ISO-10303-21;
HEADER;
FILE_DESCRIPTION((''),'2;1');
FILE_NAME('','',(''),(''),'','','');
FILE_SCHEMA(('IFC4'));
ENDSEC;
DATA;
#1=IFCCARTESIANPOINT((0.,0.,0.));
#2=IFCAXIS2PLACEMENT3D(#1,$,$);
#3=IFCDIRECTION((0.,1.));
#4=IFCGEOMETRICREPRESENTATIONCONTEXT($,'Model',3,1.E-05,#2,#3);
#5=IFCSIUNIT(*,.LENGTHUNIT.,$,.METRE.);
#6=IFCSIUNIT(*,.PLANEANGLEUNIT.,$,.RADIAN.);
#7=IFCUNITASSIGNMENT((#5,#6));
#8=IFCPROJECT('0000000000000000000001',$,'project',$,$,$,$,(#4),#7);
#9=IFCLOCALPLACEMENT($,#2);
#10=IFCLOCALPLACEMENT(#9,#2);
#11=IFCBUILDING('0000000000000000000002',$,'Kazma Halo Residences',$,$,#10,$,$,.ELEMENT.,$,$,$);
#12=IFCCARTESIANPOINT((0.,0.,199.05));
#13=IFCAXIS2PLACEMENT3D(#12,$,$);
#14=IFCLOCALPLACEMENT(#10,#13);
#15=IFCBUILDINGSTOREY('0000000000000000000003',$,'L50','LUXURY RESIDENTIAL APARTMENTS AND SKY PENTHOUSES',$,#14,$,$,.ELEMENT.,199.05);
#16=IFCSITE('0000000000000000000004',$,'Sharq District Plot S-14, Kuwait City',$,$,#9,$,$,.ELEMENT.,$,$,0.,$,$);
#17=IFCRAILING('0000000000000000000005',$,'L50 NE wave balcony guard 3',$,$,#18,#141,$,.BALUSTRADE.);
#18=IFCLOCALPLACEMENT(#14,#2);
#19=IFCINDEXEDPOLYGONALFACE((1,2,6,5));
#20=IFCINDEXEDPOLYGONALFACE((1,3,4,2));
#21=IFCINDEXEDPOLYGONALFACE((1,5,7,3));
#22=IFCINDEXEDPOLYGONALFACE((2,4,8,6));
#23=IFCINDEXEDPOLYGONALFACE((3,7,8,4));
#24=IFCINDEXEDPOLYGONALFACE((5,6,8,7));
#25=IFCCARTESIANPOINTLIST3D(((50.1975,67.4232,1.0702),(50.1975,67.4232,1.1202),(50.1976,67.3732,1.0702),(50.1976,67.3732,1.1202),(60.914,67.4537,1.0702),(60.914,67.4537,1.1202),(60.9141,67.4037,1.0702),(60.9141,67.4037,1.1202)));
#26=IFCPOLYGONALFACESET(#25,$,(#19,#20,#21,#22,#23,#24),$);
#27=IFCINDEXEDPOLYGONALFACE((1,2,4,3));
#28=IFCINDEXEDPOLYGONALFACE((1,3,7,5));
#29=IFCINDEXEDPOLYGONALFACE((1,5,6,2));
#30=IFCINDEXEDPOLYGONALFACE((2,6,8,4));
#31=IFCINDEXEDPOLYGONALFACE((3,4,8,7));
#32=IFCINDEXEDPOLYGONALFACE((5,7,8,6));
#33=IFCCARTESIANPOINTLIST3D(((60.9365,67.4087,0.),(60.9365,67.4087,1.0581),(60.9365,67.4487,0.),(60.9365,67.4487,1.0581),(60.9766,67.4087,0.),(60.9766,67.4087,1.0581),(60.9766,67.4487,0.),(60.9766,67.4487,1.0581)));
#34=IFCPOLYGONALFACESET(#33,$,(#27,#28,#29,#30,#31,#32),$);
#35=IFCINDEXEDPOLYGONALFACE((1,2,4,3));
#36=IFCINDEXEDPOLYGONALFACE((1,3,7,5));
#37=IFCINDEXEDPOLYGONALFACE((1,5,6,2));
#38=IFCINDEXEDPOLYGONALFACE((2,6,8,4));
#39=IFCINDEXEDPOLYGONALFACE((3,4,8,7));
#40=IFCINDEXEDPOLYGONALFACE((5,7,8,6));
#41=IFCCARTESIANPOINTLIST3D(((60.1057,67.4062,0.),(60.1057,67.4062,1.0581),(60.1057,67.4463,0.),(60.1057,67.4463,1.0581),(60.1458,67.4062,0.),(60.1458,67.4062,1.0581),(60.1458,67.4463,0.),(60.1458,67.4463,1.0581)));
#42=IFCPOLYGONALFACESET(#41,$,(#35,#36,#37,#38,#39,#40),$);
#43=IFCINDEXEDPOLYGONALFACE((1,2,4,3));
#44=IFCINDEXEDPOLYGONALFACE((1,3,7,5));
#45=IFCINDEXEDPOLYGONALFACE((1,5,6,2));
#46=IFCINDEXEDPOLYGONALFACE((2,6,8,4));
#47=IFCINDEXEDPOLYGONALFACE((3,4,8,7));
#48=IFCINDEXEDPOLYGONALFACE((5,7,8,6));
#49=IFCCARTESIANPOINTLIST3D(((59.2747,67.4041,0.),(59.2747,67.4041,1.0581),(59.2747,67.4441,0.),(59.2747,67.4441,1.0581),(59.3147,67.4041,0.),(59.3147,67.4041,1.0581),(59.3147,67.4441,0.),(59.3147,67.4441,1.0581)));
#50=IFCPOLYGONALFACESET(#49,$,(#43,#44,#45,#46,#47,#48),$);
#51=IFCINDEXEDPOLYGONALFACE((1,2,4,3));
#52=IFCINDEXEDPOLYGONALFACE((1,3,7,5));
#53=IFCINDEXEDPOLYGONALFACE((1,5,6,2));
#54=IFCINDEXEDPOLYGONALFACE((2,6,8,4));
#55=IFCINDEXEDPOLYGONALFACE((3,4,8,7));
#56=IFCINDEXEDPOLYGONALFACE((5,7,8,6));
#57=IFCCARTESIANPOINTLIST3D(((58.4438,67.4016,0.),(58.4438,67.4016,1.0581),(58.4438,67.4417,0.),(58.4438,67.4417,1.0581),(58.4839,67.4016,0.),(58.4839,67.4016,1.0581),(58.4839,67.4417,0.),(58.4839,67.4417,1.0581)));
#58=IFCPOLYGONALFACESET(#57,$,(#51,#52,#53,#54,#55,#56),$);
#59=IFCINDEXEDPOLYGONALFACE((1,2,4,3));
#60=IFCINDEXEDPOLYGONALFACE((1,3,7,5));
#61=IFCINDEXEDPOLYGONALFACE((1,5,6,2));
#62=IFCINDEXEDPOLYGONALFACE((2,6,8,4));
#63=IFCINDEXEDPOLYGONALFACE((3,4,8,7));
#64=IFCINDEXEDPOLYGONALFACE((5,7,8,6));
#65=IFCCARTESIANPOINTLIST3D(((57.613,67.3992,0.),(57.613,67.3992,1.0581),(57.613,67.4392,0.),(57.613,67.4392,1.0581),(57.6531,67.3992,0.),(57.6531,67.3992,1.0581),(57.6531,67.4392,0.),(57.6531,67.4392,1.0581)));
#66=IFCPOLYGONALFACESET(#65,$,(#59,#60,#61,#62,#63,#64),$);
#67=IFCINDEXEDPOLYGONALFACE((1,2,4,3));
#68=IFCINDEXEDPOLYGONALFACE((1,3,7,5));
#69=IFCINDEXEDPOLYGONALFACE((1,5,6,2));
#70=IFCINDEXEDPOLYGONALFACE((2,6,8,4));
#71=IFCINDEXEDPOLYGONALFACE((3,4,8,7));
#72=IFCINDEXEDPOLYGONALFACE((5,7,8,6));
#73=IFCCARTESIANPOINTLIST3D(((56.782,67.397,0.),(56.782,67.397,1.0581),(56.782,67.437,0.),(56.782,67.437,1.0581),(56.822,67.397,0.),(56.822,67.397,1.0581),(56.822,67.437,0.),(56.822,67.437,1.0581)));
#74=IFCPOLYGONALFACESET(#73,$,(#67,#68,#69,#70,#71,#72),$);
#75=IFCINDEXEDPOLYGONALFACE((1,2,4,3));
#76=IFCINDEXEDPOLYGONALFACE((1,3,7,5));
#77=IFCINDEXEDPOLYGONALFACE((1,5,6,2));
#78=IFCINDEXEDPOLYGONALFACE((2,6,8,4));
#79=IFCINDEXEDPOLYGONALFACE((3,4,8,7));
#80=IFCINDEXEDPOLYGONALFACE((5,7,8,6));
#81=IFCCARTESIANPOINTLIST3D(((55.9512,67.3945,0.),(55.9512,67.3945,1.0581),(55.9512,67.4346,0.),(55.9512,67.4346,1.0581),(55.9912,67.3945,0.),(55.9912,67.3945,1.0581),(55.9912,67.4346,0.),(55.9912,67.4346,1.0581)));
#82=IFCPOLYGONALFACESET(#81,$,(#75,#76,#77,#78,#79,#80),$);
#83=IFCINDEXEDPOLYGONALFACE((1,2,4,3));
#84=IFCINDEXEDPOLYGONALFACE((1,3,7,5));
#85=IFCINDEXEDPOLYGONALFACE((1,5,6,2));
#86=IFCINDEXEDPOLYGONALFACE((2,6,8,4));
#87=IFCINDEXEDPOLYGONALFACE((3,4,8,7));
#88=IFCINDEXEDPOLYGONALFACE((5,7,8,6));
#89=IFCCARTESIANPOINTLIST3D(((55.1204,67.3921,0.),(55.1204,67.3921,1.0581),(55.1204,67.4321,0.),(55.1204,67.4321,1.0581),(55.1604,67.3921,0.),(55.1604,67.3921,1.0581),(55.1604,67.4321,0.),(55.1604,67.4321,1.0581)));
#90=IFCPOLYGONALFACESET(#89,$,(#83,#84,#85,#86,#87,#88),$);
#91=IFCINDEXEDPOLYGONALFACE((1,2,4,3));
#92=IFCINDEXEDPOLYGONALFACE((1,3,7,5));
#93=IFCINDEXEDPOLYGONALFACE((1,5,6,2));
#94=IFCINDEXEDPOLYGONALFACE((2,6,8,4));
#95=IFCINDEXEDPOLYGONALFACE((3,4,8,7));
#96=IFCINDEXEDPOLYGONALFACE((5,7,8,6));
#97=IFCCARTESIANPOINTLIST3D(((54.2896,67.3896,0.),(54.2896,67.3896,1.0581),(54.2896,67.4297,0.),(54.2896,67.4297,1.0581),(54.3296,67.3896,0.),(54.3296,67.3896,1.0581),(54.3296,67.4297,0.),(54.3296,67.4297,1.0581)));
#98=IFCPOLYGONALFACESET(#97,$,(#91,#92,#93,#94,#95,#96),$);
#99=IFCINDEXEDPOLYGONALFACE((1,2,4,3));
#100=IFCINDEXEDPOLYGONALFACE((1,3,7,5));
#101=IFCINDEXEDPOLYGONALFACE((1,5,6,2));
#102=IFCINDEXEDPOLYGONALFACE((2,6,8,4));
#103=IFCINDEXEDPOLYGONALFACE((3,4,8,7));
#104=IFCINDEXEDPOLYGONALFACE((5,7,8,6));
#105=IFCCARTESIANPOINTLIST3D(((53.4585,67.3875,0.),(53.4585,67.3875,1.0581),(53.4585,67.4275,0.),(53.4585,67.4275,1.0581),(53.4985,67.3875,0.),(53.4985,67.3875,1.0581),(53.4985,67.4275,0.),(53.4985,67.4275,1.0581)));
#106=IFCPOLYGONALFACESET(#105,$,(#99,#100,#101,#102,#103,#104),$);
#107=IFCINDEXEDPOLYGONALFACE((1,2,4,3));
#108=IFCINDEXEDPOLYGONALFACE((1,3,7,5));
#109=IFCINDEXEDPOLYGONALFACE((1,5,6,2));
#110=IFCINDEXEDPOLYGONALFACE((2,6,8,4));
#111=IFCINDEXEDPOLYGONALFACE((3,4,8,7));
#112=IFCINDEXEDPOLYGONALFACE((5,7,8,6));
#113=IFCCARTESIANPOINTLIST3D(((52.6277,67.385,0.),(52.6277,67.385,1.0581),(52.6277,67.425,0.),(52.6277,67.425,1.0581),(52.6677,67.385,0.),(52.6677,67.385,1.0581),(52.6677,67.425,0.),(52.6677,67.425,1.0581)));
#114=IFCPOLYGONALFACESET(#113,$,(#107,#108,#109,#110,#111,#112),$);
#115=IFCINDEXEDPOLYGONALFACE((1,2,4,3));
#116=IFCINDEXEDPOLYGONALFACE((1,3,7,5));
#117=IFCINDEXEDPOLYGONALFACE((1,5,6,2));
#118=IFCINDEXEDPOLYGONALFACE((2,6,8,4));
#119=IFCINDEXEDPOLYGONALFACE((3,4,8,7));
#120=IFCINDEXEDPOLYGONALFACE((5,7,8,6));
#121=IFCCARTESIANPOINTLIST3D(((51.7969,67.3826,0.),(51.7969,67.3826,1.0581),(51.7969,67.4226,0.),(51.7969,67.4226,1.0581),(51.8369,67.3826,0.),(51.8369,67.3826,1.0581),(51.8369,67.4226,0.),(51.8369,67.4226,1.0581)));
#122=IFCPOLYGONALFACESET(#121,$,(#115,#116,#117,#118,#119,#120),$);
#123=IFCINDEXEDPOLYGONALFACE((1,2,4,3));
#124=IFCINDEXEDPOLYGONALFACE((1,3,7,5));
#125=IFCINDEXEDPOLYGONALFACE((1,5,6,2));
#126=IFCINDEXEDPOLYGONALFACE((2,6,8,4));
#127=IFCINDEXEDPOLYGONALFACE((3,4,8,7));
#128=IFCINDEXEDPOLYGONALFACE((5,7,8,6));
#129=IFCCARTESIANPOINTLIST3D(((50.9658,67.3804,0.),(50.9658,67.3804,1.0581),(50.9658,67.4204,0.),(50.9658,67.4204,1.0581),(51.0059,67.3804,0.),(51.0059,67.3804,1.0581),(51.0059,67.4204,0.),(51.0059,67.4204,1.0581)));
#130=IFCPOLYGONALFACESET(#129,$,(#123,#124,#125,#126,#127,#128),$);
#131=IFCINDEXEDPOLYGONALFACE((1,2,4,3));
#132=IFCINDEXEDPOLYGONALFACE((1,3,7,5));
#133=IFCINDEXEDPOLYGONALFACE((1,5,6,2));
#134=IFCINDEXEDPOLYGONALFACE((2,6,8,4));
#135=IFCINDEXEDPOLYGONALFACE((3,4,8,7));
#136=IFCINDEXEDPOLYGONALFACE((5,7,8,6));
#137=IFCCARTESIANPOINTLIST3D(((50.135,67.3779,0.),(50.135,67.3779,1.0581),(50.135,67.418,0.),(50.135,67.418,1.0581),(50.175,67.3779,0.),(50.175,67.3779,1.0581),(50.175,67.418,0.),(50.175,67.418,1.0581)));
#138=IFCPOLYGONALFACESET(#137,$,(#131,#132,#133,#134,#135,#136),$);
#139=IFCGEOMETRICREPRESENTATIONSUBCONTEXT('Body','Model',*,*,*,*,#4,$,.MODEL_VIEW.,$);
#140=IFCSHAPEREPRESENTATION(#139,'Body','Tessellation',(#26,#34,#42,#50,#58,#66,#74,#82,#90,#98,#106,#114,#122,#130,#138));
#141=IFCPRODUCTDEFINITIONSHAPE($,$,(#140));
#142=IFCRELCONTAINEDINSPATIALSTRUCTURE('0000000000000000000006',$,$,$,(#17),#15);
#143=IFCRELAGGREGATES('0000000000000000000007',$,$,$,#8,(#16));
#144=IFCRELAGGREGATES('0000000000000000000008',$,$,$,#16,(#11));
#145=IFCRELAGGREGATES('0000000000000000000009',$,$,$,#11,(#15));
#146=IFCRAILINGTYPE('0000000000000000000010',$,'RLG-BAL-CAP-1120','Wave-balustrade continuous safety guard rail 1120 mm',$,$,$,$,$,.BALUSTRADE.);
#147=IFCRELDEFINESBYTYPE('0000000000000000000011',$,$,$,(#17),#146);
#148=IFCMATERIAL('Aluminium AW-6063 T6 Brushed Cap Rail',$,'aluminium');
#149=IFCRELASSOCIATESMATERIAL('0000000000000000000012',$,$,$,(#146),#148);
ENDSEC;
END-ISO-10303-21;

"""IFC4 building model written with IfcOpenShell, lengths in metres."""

from ifc_helpers import new_model, si_unit, direction, frame, origin, origin_2d, place, context, subcontext, project, spatial, rectangle, extrude, material, type_object, element, save


model = new_model("IFC4")

# Units and contexts
model_context = context("Model", 3, precision=1e-05, world=origin(), true_north=direction((0.0, 1.0)))
body_context = subcontext(model_context, "Body", "Model", "MODEL_VIEW")
ifc_project = project(units=[si_unit("LENGTHUNIT", "METRE"), si_unit("PLANEANGLEUNIT", "RADIAN")], contexts=[model_context])

# Site, building, storey
site_placement = place(None, origin())
site = spatial("IfcSite", under=ifc_project, at=site_placement, Name="Sharq District Plot S-14, Kuwait City", CompositionType="ELEMENT", RefElevation=0.0)
building_placement = place(site_placement, origin())
building = spatial("IfcBuilding", under=site, at=building_placement, Name="Kazma Halo Residences", CompositionType="ELEMENT")
storey_placement = place(building_placement, frame((0.0, 0.0, 199.05)))
storey = spatial("IfcBuildingStorey", under=building, at=storey_placement, Name="L50", Description="LUXURY RESIDENTIAL APARTMENTS AND SKY PENTHOUSES", CompositionType="ELEMENT", Elevation=199.05)

# Railing
ifc_material_1 = material(Name="Aluminium AW-6063 T6 Brushed Cap Rail", Category="aluminium")
railing_type = type_object("IfcRailingType", Name="RLG-BAL-CAP-1120", Description="Wave-balustrade continuous safety guard rail 1120 mm", PredefinedType="BALUSTRADE", material=ifc_material_1)
railing_1_placement = place(storey_placement, frame((60.9565, 67.4287, 0.0)))
element("IfcRailing", 1, at=railing_1_placement, inside=storey, type_object=railing_type, Name="L50 NE wave balcony guard 3", PredefinedType="BALUSTRADE", context=body_context, shape_type="SweptSolid", body=[
    extrude(rectangle(XDim=0.05, YDim=0.05, at=origin_2d()), frame((-0.0425, 0.0, 1.0952), z_axis=(-0.999996, -0.002848, 0.0), x_axis=(0.002848, -0.999996, 0.0)), (0.0, 0.0, 1.0), 10.7166),
    extrude(rectangle(XDim=0.04, YDim=0.04, at=origin_2d()), origin(), (0.0, 0.0, 1.0), 1.0581),
    extrude(rectangle(XDim=0.04, YDim=0.04, at=origin_2d()), frame((-0.8308, -0.0024, 0.0)), (0.0, 0.0, 1.0), 1.0581),
    extrude(rectangle(XDim=0.04, YDim=0.04, at=origin_2d()), frame((-1.6619, -0.0046, 0.0)), (0.0, 0.0, 1.0), 1.0581),
    extrude(rectangle(XDim=0.04, YDim=0.04, at=origin_2d()), frame((-2.4927, -0.0071, 0.0)), (0.0, 0.0, 1.0), 1.0581),
    extrude(rectangle(XDim=0.04, YDim=0.04, at=origin_2d()), frame((-3.3235, -0.0095, 0.0)), (0.0, 0.0, 1.0), 1.0581),
    extrude(rectangle(XDim=0.04, YDim=0.04, at=origin_2d()), frame((-4.1545, -0.0117, 0.0)), (0.0, 0.0, 1.0), 1.0581),
    extrude(rectangle(XDim=0.04, YDim=0.04, at=origin_2d()), frame((-4.9854, -0.0142, 0.0)), (0.0, 0.0, 1.0), 1.0581),
    extrude(rectangle(XDim=0.04, YDim=0.04, at=origin_2d()), frame((-5.8162, -0.0166, 0.0)), (0.0, 0.0, 1.0), 1.0581),
    extrude(rectangle(XDim=0.04, YDim=0.04, at=origin_2d()), frame((-6.647, -0.019, 0.0)), (0.0, 0.0, 1.0), 1.0581),
    extrude(rectangle(XDim=0.04, YDim=0.04, at=origin_2d()), frame((-7.478, -0.0212, 0.0)), (0.0, 0.0, 1.0), 1.0581),
    extrude(rectangle(XDim=0.04, YDim=0.04, at=origin_2d()), frame((-8.3088, -0.0237, 0.0)), (0.0, 0.0, 1.0), 1.0581),
    extrude(rectangle(XDim=0.04, YDim=0.04, at=origin_2d()), frame((-9.1396, -0.0261, 0.0)), (0.0, 0.0, 1.0), 1.0581),
    extrude(rectangle(XDim=0.04, YDim=0.04, at=origin_2d()), frame((-9.9707, -0.0283, 0.0)), (0.0, 0.0, 1.0), 1.0581),
    extrude(rectangle(XDim=0.04, YDim=0.04, at=origin_2d()), frame((-10.8015, -0.0308, 0.0)), (0.0, 0.0, 1.0), 1.0581),
])

save(model, "model.ifc")
